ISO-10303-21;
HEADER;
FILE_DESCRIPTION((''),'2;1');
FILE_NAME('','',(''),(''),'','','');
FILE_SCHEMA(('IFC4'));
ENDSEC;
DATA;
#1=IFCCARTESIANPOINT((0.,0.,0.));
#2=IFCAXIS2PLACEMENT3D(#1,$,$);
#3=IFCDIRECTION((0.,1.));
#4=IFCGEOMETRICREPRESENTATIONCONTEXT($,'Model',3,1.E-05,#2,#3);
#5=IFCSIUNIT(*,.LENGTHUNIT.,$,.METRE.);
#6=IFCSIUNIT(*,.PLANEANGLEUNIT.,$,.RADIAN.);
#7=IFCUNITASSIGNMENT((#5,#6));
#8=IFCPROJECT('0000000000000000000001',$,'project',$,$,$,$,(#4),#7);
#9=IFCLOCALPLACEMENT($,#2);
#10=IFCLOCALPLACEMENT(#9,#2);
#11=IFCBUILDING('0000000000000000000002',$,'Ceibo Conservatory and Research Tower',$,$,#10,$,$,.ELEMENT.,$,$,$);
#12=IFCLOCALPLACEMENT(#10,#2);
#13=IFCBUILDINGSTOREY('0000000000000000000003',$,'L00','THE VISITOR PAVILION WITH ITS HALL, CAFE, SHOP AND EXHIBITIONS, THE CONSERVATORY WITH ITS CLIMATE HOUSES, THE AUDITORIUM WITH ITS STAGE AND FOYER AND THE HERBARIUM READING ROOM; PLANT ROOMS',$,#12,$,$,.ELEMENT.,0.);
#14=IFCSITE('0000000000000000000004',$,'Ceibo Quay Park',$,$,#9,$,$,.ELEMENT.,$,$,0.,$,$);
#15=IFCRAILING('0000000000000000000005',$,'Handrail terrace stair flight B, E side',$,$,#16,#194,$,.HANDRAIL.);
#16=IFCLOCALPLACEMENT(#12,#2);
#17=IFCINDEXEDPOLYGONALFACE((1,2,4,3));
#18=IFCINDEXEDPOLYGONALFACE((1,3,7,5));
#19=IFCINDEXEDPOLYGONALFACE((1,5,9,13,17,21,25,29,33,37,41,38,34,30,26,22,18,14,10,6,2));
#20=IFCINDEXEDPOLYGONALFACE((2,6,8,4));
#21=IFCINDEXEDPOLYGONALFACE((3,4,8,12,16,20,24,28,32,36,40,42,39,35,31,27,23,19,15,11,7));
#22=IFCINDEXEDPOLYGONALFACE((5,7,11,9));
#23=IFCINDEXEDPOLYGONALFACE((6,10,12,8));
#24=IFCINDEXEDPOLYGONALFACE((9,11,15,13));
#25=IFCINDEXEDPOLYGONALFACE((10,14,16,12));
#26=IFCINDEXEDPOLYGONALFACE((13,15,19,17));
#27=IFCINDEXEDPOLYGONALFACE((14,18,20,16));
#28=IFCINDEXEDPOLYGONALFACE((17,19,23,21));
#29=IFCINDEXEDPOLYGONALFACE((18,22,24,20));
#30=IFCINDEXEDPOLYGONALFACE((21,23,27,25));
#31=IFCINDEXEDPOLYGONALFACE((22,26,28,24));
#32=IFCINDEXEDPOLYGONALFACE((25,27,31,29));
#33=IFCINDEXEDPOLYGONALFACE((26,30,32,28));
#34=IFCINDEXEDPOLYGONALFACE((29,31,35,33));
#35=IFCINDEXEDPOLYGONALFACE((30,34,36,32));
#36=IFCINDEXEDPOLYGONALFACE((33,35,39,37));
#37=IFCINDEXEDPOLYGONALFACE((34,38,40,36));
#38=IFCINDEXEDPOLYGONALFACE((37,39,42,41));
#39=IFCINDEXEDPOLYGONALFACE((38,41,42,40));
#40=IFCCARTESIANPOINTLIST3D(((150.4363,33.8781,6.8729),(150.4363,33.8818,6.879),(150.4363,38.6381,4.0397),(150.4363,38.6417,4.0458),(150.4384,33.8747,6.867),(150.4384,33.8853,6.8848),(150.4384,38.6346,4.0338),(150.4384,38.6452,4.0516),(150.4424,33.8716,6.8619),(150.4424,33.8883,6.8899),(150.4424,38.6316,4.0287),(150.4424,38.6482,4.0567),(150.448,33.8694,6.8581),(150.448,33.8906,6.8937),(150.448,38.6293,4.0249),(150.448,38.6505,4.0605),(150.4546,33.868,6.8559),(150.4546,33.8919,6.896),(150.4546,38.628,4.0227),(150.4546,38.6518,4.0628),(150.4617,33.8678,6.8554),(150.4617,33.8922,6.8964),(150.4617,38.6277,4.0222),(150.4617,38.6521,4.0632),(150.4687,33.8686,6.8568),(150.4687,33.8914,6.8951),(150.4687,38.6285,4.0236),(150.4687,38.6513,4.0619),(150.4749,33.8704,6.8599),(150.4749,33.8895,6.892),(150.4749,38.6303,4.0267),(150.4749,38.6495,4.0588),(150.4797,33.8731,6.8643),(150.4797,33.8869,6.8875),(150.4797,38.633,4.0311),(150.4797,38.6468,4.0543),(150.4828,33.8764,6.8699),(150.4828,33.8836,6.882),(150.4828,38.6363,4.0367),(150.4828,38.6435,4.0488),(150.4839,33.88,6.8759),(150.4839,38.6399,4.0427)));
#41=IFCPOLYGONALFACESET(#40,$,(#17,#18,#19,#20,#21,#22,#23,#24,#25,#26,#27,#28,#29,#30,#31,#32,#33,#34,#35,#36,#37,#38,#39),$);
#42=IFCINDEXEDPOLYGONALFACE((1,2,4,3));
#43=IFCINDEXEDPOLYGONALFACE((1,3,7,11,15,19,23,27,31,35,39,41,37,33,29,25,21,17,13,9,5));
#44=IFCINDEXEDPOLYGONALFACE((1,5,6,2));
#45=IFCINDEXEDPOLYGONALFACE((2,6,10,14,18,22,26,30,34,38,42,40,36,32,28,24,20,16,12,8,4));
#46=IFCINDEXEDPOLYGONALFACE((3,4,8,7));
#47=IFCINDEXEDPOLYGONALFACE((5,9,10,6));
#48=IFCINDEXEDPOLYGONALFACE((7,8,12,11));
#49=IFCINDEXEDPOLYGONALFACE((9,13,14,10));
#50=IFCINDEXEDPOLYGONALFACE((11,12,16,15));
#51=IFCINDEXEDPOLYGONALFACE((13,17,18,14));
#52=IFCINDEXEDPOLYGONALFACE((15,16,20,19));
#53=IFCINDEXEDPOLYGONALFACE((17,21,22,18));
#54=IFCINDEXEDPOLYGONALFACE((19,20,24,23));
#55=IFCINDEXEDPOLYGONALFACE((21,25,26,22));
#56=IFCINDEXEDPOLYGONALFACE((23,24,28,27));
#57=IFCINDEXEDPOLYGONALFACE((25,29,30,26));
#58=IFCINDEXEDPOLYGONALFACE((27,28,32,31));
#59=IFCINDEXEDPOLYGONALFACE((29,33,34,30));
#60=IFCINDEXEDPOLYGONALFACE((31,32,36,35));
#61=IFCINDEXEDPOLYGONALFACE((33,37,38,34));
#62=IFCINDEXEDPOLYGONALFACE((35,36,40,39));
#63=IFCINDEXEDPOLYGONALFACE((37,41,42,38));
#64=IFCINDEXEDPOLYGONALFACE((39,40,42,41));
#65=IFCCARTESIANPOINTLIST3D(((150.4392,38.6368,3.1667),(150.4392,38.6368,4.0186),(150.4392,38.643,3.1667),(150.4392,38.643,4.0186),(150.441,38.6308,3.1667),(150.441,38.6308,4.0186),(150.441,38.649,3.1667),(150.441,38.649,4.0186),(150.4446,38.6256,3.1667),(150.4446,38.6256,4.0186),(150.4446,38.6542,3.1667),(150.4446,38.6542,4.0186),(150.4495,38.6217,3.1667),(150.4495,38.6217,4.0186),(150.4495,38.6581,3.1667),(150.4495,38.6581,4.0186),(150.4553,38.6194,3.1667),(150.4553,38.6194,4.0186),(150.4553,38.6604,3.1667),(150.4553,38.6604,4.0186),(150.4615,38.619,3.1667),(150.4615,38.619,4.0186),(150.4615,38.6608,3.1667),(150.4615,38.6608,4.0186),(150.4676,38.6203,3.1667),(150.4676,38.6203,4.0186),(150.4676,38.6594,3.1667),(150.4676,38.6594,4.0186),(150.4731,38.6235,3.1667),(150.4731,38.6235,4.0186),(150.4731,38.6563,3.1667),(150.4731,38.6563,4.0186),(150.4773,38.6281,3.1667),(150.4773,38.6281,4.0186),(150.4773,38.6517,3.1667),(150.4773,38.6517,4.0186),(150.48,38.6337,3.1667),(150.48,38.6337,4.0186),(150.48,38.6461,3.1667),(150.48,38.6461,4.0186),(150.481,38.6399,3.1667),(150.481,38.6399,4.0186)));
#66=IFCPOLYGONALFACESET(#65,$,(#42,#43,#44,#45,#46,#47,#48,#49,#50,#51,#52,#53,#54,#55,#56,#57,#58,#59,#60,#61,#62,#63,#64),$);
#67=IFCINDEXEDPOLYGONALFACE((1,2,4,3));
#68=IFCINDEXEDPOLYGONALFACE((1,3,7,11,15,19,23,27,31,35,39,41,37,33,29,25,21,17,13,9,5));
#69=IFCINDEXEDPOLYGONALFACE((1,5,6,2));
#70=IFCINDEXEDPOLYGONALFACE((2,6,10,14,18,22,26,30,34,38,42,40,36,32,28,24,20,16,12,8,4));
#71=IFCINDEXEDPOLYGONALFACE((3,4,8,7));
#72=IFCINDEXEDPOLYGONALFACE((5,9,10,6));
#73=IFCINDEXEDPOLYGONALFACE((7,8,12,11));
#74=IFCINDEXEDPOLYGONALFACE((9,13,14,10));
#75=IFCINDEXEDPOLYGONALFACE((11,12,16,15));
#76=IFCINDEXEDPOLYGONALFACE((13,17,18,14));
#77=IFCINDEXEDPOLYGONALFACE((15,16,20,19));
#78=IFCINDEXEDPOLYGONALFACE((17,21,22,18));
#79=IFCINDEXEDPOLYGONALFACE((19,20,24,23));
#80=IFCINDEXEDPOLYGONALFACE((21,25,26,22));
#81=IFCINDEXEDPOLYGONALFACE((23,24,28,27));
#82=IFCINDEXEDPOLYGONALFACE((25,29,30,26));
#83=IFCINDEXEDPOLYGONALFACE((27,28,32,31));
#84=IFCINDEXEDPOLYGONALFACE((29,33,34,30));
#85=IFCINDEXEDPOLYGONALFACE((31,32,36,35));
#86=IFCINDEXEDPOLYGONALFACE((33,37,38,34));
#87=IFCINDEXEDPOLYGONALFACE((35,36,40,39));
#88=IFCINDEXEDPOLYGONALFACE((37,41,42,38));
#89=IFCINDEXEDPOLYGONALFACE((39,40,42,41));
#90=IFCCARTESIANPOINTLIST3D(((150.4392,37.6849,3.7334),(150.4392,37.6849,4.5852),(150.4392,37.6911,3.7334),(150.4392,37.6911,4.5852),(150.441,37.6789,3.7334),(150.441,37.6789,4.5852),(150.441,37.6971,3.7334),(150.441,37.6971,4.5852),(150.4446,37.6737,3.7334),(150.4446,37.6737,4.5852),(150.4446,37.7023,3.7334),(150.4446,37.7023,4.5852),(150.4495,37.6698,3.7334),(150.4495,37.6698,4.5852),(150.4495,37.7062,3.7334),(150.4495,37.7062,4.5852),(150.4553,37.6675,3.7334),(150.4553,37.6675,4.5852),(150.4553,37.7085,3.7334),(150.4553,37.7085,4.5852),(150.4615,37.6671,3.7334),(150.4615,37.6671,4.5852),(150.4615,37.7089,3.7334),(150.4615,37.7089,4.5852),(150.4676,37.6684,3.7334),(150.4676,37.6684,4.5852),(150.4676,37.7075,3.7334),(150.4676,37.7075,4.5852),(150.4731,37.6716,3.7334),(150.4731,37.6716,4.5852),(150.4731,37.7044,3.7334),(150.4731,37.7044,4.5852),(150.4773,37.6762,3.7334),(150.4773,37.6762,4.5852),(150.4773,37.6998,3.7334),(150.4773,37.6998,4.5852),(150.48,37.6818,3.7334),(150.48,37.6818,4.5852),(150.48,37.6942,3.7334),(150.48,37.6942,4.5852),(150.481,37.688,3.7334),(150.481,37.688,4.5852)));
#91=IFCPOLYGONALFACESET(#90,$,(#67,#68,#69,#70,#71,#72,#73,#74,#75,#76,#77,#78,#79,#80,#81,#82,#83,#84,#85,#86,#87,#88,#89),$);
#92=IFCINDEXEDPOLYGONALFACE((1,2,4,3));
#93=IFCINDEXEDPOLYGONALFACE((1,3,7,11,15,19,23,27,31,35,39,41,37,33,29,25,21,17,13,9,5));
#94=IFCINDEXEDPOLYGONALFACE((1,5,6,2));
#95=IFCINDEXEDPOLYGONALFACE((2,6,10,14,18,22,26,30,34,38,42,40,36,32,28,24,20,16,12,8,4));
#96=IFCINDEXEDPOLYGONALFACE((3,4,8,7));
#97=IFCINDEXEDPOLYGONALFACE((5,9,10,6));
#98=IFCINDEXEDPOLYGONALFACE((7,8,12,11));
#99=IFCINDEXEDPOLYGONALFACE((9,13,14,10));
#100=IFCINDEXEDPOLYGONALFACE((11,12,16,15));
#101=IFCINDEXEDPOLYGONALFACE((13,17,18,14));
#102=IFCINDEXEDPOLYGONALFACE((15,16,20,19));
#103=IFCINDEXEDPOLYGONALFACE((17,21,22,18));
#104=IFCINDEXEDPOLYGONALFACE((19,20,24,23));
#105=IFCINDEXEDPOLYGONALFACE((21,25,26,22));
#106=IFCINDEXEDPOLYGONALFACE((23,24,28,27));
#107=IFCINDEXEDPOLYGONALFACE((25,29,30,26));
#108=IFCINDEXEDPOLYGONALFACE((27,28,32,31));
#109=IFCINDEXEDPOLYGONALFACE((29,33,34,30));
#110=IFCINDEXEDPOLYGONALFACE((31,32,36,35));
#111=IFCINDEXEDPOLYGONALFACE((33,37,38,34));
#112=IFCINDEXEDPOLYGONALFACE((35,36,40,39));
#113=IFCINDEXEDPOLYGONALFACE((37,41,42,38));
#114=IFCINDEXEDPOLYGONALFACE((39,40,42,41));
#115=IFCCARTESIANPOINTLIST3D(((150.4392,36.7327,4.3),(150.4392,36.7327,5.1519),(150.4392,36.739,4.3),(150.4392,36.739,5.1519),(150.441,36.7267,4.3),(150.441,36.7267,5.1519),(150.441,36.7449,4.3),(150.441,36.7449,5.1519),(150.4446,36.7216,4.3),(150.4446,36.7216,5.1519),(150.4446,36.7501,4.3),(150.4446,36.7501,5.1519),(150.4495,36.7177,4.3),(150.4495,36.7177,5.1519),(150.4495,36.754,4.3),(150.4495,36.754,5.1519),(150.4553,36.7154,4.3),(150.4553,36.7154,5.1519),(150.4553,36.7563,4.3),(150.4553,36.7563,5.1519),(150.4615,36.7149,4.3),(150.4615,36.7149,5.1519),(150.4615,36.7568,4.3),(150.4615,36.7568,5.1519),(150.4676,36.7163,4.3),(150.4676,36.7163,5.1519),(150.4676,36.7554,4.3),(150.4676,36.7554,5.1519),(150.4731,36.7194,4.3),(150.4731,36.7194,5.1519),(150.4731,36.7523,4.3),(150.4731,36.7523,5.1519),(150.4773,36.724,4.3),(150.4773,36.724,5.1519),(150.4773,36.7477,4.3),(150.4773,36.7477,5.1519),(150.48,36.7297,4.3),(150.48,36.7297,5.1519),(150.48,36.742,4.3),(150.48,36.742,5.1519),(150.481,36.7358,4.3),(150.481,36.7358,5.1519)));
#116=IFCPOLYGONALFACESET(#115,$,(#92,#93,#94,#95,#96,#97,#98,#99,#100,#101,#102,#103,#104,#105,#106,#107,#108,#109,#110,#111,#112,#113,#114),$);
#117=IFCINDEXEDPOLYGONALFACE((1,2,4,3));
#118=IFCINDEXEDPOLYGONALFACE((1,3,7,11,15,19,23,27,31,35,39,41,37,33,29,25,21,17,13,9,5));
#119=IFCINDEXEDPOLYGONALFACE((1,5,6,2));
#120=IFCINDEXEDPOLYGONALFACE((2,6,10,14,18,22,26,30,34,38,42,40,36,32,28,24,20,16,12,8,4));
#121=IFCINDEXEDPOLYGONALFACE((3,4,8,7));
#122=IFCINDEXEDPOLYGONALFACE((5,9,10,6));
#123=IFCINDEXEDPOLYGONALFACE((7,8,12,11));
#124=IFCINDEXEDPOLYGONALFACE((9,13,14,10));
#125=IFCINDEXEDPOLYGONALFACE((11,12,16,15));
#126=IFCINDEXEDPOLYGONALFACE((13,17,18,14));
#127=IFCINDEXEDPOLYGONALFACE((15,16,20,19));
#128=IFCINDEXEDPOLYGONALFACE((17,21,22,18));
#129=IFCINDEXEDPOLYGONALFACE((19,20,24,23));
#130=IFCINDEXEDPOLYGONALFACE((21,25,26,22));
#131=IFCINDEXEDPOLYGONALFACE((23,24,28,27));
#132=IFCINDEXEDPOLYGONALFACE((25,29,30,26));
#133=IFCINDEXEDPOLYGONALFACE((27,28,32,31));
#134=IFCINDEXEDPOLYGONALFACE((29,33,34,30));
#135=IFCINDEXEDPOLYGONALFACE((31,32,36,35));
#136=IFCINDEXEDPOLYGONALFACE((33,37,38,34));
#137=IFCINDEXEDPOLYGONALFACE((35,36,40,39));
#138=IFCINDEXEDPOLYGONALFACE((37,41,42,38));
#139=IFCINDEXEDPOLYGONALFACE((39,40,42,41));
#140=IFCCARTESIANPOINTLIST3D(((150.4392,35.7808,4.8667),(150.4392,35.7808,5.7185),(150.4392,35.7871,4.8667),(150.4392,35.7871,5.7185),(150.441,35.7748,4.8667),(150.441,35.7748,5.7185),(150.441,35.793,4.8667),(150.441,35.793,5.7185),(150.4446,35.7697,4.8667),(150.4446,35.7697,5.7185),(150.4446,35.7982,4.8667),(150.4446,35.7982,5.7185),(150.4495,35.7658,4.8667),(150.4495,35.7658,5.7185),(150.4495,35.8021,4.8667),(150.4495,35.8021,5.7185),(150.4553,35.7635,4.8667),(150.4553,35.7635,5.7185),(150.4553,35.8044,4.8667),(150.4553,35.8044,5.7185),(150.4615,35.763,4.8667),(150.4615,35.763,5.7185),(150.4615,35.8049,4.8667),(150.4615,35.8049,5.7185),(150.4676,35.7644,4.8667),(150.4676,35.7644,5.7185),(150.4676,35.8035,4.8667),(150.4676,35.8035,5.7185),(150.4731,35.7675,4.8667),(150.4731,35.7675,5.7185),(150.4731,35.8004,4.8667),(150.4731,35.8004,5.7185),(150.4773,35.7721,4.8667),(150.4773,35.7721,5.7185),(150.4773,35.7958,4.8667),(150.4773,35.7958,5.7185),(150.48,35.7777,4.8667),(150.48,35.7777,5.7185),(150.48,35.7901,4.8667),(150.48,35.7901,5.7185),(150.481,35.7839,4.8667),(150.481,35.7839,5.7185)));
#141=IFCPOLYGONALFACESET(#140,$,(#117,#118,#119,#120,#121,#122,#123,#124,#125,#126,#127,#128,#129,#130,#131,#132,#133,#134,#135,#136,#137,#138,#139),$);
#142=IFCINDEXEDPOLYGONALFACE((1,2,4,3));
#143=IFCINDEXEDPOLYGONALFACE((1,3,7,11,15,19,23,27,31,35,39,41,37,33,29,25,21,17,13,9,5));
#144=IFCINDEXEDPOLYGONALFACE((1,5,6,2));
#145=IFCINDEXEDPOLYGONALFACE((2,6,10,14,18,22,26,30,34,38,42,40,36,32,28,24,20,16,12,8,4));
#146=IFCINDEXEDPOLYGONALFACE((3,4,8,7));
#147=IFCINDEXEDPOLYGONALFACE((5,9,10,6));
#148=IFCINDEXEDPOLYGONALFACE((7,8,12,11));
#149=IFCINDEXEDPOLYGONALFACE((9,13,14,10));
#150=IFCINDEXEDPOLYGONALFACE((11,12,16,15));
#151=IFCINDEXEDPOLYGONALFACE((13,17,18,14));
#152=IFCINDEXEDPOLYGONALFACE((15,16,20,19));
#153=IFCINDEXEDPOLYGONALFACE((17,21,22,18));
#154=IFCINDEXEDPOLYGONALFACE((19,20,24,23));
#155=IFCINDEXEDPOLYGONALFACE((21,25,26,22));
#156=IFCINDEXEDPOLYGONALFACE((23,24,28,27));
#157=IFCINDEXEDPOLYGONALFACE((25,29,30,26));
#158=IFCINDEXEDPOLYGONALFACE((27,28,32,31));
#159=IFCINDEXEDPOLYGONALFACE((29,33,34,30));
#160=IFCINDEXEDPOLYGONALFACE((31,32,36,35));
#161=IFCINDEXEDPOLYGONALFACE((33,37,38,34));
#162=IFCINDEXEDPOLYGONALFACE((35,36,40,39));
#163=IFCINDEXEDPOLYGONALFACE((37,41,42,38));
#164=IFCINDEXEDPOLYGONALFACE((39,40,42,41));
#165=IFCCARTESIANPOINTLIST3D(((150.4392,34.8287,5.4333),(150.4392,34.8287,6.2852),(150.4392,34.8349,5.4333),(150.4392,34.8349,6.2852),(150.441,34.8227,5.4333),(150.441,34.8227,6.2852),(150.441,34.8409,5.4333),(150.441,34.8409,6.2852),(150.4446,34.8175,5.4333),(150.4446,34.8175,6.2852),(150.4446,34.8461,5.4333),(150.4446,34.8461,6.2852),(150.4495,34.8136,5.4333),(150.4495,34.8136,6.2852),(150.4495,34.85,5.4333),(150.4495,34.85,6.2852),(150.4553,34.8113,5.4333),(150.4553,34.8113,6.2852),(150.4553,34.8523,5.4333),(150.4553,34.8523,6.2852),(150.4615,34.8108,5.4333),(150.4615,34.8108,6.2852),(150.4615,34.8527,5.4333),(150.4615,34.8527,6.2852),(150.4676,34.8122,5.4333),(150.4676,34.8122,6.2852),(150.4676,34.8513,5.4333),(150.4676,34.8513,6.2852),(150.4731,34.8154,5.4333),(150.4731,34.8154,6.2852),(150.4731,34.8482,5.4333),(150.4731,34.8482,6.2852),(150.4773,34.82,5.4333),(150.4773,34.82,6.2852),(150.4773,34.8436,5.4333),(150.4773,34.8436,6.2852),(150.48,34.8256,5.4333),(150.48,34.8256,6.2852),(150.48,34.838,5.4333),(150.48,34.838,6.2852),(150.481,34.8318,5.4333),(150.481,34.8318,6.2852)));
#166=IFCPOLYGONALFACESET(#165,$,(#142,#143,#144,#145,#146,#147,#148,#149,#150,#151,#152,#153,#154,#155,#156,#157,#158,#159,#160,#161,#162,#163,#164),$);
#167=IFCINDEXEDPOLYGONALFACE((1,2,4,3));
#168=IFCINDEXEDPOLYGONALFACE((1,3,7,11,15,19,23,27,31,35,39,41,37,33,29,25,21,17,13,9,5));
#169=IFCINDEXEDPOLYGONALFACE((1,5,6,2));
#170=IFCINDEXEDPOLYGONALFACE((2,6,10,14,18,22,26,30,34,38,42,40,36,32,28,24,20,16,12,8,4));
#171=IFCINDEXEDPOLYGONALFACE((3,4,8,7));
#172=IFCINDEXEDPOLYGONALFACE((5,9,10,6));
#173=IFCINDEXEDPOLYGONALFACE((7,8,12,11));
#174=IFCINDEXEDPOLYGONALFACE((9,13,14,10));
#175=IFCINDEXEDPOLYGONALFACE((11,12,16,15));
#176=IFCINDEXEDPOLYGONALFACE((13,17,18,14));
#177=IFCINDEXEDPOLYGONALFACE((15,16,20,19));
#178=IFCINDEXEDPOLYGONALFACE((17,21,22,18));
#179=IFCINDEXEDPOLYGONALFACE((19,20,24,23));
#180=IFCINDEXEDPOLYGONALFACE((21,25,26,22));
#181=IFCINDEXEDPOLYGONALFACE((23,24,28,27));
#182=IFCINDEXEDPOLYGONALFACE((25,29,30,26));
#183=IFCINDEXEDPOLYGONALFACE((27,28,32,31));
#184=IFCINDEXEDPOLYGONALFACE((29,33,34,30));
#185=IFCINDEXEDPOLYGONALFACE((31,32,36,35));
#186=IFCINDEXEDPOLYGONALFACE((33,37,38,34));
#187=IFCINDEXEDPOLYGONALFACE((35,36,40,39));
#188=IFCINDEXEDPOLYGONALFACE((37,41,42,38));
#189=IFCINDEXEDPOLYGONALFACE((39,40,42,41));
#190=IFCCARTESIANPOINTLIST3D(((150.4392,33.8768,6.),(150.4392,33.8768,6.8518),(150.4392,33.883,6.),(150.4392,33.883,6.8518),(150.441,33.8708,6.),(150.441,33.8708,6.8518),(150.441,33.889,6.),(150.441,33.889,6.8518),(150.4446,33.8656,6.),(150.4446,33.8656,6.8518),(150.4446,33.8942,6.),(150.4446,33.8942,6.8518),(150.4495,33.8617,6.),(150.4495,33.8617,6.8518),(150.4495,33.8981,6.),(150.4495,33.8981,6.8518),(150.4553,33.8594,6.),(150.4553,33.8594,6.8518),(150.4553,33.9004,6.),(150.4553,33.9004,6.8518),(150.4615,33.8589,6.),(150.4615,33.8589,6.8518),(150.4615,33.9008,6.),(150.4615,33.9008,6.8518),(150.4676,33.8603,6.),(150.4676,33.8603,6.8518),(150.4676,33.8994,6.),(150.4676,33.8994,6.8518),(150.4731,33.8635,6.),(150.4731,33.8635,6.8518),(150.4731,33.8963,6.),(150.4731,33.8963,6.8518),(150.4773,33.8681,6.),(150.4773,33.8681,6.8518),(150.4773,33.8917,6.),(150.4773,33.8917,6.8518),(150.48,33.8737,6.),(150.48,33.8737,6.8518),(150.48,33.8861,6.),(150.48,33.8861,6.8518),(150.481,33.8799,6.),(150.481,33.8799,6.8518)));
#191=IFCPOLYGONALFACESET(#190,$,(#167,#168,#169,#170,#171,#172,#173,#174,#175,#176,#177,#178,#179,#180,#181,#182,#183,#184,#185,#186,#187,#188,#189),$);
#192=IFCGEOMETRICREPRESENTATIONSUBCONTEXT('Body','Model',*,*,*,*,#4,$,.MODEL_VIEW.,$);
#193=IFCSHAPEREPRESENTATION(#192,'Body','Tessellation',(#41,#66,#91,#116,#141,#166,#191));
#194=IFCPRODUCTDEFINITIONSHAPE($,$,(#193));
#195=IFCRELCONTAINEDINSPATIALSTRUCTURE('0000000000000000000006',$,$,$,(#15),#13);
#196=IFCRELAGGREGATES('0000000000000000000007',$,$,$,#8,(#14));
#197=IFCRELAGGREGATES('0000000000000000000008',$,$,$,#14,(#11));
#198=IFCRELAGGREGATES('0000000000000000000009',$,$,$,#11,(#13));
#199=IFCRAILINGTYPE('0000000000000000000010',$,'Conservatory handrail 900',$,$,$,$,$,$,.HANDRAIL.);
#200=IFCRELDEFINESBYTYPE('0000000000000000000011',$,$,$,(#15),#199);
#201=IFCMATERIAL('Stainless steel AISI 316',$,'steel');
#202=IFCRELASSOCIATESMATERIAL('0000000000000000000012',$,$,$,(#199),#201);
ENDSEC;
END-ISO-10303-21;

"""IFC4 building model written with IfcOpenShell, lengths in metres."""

from ifc_helpers import new_model, si_unit, direction, frame, origin, origin_2d, place, context, subcontext, project, spatial, circle, extrude, material, type_object, element, save


model = new_model("IFC4")

# Units and contexts
model_context = context("Model", 3, precision=1e-05, world=origin(), true_north=direction((0.0, 1.0)))
body_context = subcontext(model_context, "Body", "Model", "MODEL_VIEW")
ifc_project = project(units=[si_unit("LENGTHUNIT", "METRE"), si_unit("PLANEANGLEUNIT", "RADIAN")], contexts=[model_context])

# Site, building, storey
site_placement = place(None, origin())
site = spatial("IfcSite", under=ifc_project, at=site_placement, Name="Ceibo Quay Park", CompositionType="ELEMENT", RefElevation=0.0)
building_placement = place(site_placement, origin())
building = spatial("IfcBuilding", under=site, at=building_placement, Name="Ceibo Conservatory and Research Tower", CompositionType="ELEMENT")
storey_placement = place(building_placement, origin())
storey = spatial("IfcBuildingStorey", under=building, at=storey_placement, Name="L00", Description="THE VISITOR PAVILION WITH ITS HALL, CAFE, SHOP AND EXHIBITIONS, THE CONSERVATORY WITH ITS CLIMATE HOUSES, THE AUDITORIUM WITH ITS STAGE AND FOYER AND THE HERBARIUM READING ROOM; PLANT ROOMS", CompositionType="ELEMENT", Elevation=0.0)

# Railing
ifc_material_1 = material(Name="Stainless steel AISI 316", Category="steel")
railing_type = type_object("IfcRailingType", Name="Conservatory handrail 900", PredefinedType="HANDRAIL", material=ifc_material_1)
for number, where, name in (
    (1, (150.46, 38.6399, 3.1667), "Handrail terrace stair flight B, E side"),
):
    element("IfcRailing", number, at=place(storey_placement, frame(where)), inside=storey, type_object=railing_type, Name=name, PredefinedType="HANDRAIL", context=body_context, shape_type="SweptSolid", body=[
        extrude(circle(Radius=0.0239, at=origin_2d()), frame((0.0, 0.0, 0.876), z_axis=(0.0, -0.8593, 0.511472), x_axis=(1.0, 0.0, 0.0)), (0.0, 0.0, 1.0), 5.5393),
        extrude(circle(Radius=0.021, at=origin_2d()), origin(), (0.0, 0.0, 1.0), 0.8518),
        extrude(circle(Radius=0.021, at=origin_2d()), frame((0.0, -0.9519, 0.5667)), (0.0, 0.0, 1.0), 0.8518),
        extrude(circle(Radius=0.021, at=origin_2d()), frame((0.0, -1.9041, 1.1333)), (0.0, 0.0, 1.0), 0.8518),
        extrude(circle(Radius=0.021, at=origin_2d()), frame((0.0, -2.856, 1.7)), (0.0, 0.0, 1.0), 0.8518),
        extrude(circle(Radius=0.021, at=origin_2d()), frame((0.0, -3.8081, 2.2666)), (0.0, 0.0, 1.0), 0.8518),
        extrude(circle(Radius=0.021, at=origin_2d()), frame((0.0, -4.76, 2.8333)), (0.0, 0.0, 1.0), 0.8518),
    ])

save(model, "model.ifc")
